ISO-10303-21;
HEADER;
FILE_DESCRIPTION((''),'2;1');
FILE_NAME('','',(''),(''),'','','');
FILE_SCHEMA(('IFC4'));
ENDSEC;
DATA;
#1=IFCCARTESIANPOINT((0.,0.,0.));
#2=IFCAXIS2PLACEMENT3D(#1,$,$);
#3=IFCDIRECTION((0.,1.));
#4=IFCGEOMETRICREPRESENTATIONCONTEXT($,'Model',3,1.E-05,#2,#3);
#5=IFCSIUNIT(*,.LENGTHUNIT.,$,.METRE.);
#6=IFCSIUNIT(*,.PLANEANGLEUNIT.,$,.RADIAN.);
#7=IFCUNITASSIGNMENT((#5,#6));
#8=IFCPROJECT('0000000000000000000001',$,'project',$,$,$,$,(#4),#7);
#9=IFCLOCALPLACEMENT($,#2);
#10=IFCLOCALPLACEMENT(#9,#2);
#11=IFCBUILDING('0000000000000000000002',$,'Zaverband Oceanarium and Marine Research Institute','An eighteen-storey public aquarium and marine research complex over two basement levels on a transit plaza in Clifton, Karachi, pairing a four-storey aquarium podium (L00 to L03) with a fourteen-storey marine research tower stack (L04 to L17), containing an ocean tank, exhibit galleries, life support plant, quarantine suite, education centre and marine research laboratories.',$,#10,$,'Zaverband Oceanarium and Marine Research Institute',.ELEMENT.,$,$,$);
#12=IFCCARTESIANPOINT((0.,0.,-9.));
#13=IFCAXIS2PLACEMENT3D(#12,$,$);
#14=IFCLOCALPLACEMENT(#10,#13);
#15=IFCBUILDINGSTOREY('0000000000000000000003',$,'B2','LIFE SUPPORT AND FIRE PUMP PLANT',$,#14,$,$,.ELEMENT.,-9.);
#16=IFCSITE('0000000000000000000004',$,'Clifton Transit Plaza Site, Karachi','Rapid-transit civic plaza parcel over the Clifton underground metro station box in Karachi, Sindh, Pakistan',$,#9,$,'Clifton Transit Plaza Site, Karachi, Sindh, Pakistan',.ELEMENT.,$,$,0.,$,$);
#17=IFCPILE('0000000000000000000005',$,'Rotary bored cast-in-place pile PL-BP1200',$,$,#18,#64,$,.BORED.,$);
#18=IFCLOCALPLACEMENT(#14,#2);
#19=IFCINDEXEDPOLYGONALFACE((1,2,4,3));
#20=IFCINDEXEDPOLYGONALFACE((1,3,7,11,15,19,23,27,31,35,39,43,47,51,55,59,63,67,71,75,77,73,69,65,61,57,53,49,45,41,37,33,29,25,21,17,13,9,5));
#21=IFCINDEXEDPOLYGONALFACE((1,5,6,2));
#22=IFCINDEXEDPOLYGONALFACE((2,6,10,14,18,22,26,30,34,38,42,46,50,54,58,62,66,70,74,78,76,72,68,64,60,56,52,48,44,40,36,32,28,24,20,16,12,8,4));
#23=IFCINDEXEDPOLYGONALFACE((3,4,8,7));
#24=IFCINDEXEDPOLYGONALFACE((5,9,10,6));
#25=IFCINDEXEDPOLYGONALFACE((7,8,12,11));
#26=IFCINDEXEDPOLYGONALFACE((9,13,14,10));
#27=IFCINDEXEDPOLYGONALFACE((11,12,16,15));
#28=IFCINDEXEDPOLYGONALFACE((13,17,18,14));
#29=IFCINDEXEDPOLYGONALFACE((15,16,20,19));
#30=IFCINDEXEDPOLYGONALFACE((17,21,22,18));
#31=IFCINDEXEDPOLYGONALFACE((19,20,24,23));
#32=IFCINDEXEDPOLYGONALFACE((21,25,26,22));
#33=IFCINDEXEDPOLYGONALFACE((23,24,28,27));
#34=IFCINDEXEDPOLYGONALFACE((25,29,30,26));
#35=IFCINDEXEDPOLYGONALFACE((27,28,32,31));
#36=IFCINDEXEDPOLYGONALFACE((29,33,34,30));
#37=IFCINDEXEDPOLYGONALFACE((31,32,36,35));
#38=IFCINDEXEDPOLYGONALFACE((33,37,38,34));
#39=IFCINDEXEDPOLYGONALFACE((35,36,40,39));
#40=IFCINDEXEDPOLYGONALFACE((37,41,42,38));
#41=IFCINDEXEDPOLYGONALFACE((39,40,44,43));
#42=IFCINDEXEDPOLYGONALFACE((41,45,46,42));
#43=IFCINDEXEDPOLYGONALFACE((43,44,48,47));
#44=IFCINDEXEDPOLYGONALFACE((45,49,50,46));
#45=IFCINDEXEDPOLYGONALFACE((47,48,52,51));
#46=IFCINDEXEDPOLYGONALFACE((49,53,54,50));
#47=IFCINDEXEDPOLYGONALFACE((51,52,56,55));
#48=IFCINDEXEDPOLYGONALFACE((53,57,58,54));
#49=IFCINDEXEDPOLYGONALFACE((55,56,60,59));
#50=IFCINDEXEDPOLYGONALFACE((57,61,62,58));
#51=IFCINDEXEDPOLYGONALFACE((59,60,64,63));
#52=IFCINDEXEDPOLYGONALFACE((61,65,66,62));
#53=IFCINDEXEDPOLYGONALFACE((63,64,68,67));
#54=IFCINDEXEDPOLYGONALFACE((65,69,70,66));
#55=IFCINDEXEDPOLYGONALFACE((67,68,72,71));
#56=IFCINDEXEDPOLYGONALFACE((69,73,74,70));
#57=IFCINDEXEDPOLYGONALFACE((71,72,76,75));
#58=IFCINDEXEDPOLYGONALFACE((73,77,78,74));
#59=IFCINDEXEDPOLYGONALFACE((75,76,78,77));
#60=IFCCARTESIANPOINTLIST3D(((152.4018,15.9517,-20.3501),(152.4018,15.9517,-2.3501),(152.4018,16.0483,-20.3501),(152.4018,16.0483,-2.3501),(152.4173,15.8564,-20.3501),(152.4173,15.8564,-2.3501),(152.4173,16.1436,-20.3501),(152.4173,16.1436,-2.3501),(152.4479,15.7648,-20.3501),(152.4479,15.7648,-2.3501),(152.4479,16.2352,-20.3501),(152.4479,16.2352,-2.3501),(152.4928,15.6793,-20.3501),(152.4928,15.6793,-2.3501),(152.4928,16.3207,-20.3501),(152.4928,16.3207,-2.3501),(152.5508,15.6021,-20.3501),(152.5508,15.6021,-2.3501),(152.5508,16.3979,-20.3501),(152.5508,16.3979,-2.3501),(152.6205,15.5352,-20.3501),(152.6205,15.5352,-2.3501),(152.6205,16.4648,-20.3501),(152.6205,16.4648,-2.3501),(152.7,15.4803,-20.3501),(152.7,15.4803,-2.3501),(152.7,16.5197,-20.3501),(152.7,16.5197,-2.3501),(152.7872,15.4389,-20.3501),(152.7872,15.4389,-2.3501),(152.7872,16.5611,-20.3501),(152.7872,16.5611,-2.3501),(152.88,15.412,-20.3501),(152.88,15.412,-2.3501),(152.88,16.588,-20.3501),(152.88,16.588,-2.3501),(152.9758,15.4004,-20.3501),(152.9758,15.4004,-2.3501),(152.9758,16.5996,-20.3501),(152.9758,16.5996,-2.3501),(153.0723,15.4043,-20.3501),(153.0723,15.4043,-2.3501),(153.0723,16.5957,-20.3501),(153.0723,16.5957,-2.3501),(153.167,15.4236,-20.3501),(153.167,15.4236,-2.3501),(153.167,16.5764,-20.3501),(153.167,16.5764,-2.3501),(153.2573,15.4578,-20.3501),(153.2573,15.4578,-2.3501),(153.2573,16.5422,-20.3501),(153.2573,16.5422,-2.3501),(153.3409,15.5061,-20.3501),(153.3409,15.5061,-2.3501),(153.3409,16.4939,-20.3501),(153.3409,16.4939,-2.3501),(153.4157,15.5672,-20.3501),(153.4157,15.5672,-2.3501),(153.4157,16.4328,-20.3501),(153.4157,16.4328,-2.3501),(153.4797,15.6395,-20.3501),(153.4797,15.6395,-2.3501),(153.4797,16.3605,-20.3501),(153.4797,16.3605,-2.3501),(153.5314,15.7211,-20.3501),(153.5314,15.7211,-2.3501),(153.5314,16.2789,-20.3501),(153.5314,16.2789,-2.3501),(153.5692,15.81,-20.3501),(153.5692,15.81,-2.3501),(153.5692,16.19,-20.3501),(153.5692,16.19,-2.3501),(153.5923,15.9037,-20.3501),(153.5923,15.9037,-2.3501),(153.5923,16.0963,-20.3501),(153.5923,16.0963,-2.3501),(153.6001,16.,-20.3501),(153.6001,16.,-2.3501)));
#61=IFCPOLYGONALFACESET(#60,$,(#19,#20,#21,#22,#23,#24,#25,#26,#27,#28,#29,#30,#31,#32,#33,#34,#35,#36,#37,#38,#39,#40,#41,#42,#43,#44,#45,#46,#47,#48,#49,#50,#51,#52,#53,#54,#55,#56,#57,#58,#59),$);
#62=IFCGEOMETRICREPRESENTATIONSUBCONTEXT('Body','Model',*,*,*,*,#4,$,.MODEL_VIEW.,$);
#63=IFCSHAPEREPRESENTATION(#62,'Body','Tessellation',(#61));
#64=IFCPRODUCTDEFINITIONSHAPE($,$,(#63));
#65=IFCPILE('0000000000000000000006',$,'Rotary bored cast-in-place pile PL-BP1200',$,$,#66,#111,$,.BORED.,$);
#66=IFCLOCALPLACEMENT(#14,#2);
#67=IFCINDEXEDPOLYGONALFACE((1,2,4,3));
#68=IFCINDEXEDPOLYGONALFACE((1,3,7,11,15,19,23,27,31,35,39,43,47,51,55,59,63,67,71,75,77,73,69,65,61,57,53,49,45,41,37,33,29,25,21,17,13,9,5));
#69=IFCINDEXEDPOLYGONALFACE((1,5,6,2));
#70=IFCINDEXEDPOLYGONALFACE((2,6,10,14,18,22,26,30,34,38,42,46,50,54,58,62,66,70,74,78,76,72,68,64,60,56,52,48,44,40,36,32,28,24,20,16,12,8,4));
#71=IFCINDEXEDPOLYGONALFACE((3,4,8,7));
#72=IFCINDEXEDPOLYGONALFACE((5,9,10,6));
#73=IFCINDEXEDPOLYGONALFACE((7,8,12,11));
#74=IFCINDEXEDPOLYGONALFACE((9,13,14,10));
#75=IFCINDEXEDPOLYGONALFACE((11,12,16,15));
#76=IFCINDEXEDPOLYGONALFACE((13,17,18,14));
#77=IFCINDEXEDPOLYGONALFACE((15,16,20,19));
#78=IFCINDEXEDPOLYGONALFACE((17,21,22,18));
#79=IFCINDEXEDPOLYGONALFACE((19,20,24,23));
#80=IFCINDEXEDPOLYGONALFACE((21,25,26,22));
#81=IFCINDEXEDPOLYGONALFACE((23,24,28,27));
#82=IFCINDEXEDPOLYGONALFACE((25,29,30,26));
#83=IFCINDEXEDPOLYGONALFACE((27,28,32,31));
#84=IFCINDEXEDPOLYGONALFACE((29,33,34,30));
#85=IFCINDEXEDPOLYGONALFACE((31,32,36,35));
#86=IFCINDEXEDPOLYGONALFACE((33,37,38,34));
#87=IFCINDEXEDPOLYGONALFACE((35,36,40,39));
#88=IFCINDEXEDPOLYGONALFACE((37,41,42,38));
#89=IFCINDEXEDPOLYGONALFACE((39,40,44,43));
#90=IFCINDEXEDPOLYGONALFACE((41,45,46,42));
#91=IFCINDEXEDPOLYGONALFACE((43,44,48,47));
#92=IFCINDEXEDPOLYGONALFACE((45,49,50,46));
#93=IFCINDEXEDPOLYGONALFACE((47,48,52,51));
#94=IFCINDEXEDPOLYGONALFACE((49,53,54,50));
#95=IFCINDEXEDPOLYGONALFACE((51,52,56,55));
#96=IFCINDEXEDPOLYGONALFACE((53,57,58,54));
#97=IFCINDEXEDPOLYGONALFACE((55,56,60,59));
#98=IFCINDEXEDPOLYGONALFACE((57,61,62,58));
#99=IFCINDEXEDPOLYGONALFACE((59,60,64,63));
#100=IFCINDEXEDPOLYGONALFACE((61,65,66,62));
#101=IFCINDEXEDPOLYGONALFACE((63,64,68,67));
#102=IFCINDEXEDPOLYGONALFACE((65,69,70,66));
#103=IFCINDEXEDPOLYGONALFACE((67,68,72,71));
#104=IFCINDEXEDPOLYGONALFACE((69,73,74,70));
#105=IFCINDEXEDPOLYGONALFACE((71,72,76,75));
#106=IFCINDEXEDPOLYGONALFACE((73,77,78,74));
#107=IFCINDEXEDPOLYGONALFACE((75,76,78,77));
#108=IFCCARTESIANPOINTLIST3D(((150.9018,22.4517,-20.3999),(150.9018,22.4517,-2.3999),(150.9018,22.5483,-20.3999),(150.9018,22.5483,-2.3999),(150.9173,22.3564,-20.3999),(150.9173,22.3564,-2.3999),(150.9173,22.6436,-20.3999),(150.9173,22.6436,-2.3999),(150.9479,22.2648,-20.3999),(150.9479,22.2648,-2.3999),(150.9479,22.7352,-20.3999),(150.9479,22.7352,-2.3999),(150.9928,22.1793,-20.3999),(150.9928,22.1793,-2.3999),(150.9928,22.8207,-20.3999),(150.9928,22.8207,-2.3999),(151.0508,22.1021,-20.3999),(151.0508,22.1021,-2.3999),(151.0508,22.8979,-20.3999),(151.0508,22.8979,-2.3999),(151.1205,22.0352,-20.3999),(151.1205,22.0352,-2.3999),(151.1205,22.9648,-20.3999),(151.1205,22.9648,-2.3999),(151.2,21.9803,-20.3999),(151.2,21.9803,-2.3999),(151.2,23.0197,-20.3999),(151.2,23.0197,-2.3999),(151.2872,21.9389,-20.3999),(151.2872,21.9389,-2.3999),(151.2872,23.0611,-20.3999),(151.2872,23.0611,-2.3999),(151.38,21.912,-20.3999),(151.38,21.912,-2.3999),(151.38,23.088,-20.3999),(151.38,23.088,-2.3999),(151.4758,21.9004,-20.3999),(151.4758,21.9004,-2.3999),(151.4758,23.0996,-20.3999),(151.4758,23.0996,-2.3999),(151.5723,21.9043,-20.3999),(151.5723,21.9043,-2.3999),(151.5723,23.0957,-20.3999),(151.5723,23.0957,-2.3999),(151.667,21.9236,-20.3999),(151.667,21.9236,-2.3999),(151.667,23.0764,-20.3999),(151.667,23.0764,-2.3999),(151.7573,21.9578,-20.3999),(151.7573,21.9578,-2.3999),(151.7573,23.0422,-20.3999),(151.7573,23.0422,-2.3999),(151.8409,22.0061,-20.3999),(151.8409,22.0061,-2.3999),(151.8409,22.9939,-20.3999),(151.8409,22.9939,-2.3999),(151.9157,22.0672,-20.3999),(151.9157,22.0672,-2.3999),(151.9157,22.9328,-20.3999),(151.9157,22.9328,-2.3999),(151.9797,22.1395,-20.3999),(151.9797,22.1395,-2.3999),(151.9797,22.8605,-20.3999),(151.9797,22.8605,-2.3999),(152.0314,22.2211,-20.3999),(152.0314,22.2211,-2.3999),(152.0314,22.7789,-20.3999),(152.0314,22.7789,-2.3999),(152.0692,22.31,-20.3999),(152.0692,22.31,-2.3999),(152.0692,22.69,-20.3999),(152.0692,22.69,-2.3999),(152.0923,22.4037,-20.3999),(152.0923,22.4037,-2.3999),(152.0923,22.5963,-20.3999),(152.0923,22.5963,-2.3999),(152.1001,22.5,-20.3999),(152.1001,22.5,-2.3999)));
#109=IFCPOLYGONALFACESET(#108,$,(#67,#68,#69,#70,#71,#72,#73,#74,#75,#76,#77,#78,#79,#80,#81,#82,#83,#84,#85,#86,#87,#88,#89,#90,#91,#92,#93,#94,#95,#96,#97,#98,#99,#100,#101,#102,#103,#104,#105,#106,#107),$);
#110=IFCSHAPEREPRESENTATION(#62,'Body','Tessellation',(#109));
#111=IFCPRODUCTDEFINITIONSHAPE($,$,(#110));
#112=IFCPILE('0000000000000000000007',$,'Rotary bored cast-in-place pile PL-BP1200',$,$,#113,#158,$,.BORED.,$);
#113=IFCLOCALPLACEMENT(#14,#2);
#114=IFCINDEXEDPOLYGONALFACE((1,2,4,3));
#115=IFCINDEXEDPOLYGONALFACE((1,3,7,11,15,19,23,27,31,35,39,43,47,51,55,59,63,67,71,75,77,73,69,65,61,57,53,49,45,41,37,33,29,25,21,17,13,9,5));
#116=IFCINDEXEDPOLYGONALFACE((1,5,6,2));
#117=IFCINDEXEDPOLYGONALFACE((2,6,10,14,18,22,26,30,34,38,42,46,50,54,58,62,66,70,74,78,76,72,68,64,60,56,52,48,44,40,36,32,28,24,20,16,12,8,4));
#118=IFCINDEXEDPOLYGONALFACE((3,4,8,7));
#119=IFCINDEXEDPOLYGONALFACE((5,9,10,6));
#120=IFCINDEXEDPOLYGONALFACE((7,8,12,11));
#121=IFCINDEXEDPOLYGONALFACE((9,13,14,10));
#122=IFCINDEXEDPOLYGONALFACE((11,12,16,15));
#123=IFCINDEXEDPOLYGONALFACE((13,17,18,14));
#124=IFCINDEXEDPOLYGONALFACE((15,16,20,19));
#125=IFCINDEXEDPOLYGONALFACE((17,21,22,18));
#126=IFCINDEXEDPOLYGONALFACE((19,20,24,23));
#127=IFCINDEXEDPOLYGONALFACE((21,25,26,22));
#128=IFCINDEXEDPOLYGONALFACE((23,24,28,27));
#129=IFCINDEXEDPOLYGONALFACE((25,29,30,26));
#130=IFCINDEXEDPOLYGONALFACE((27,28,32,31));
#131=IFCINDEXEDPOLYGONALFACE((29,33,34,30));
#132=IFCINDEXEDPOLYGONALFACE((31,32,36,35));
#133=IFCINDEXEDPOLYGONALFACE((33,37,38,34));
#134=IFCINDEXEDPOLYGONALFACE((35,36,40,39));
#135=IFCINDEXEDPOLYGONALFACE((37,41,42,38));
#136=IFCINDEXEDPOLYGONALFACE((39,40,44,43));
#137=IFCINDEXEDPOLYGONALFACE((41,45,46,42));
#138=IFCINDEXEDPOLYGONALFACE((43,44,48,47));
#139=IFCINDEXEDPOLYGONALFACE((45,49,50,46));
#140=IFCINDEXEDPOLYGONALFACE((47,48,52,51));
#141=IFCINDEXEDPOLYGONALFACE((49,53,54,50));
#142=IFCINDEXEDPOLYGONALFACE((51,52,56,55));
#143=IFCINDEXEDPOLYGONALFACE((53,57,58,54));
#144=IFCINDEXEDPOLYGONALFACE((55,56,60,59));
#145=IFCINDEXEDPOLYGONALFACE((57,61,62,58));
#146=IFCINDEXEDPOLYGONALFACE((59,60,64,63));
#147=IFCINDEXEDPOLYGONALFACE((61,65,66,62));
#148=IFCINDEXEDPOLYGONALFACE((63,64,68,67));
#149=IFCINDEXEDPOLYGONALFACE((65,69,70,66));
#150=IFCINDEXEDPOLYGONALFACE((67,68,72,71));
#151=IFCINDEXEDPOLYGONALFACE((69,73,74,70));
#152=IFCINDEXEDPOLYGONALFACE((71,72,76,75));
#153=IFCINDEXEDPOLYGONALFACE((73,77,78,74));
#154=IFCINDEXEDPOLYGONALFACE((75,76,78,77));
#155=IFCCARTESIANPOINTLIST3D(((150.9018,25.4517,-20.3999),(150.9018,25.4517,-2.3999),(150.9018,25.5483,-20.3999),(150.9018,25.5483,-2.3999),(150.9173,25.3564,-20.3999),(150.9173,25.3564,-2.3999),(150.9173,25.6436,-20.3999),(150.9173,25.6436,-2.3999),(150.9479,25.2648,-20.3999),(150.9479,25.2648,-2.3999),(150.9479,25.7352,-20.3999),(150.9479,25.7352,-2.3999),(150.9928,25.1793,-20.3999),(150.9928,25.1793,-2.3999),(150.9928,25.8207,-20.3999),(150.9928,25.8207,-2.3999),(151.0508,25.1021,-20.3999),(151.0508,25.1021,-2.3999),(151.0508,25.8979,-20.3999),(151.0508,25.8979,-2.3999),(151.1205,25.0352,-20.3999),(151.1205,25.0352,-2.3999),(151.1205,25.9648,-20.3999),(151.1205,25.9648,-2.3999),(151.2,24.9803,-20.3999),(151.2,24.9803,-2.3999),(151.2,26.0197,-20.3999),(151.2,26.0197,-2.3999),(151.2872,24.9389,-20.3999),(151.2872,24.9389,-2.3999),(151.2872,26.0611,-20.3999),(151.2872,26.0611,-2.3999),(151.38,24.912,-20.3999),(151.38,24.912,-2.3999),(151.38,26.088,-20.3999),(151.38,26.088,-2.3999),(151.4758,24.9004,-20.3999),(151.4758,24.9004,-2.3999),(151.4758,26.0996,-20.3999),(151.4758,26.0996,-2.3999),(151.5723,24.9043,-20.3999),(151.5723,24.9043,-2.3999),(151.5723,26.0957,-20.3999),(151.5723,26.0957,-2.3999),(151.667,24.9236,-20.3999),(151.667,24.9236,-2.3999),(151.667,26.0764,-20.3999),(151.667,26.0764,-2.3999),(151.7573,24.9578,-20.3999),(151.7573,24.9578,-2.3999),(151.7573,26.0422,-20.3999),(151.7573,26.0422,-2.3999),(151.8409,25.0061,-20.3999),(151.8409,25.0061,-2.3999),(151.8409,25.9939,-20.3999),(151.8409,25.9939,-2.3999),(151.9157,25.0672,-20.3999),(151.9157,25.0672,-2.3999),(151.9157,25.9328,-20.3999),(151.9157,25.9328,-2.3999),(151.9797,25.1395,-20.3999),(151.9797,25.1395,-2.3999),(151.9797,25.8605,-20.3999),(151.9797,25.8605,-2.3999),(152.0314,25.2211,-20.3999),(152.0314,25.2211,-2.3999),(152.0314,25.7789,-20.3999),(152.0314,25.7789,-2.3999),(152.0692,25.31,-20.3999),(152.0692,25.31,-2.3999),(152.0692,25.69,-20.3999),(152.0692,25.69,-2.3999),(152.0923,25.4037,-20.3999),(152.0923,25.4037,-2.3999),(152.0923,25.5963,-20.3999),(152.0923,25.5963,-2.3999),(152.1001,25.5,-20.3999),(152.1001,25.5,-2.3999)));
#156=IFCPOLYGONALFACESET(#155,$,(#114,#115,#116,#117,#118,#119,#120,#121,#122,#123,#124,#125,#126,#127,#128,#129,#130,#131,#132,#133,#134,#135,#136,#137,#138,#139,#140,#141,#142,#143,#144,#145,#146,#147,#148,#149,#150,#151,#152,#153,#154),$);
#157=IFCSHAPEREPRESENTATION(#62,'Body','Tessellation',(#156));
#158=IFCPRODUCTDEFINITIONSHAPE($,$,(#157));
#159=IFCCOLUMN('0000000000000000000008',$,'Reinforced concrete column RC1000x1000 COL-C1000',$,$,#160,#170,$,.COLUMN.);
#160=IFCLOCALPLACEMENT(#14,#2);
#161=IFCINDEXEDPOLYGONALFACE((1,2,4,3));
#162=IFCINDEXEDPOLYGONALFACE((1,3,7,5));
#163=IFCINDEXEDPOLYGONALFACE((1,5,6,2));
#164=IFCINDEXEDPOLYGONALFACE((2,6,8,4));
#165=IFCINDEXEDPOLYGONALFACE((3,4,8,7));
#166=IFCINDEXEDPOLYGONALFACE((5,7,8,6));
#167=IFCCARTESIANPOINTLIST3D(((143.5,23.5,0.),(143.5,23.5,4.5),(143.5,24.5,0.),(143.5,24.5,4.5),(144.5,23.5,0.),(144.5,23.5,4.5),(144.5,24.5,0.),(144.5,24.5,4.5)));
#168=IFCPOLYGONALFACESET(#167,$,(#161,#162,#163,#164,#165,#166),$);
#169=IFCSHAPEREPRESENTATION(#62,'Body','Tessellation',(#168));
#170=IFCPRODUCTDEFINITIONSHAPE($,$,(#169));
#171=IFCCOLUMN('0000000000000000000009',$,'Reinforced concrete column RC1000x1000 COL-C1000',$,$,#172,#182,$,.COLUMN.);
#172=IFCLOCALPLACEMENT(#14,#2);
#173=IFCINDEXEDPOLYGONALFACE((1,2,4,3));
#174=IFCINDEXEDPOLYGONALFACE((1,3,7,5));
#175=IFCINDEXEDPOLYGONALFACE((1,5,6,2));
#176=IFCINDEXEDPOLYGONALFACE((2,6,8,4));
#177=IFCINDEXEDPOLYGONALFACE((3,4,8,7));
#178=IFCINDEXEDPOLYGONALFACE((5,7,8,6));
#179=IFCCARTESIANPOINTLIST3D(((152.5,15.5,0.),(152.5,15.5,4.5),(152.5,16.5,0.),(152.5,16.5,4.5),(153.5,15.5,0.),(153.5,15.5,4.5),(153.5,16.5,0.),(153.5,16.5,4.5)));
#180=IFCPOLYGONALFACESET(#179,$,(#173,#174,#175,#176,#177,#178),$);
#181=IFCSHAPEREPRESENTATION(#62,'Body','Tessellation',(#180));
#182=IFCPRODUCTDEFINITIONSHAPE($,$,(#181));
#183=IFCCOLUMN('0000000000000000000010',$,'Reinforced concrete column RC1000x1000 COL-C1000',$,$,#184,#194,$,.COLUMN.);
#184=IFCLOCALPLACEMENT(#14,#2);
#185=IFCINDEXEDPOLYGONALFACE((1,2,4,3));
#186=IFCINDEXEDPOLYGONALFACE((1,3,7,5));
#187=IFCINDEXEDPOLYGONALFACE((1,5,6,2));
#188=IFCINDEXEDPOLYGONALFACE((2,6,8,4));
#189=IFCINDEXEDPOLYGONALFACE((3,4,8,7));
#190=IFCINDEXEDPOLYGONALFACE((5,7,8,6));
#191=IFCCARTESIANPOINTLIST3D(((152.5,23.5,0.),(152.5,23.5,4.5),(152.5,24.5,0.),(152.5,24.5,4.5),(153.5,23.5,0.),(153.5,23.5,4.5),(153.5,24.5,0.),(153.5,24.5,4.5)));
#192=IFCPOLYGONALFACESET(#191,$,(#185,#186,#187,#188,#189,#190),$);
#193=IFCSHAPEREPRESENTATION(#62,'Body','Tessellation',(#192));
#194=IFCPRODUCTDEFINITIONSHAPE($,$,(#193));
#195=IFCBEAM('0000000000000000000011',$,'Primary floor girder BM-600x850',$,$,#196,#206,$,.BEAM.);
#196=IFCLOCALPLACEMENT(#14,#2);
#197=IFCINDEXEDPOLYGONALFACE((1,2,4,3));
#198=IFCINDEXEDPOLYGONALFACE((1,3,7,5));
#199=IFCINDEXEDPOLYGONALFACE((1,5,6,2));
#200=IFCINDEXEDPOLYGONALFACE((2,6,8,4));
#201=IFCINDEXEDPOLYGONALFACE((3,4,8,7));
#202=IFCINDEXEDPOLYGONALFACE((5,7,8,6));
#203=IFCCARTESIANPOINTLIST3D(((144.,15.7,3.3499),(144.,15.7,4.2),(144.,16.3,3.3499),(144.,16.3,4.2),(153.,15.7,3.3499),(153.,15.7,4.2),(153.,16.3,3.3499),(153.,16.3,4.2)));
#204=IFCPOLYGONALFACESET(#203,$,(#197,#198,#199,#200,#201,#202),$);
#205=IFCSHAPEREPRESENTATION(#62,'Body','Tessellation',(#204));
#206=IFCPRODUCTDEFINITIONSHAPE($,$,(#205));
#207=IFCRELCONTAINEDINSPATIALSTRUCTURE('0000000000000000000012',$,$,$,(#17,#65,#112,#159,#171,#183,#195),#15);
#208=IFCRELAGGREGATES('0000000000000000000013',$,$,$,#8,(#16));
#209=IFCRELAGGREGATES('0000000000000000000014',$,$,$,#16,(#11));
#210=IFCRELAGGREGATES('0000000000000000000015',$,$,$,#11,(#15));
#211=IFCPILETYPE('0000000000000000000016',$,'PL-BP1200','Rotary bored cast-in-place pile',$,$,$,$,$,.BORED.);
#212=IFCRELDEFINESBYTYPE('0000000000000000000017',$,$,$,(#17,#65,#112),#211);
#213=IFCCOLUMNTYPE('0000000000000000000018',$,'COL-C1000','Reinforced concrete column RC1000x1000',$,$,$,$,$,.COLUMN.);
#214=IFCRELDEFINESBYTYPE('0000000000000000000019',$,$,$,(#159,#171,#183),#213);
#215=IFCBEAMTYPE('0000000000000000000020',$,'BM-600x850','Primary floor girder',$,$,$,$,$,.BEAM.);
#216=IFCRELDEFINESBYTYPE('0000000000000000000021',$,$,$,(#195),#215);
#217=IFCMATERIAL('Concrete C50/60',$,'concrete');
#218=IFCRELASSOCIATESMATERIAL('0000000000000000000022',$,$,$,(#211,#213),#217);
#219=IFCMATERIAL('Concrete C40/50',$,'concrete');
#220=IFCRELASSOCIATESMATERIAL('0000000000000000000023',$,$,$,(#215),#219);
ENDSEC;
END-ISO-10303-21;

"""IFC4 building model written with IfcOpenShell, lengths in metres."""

from ifc_helpers import new_model, si_unit, direction, frame, origin, origin_2d, place, context, subcontext, project, spatial, rectangle, circle, extrude, material, material_profile, profile_set, type_object, element, save


model = new_model("IFC4")

# Units and contexts
model_context = context("Model", 3, precision=1e-05, world=origin(), true_north=direction((0.0, 1.0)))
body_context = subcontext(model_context, "Body", "Model", "MODEL_VIEW")
ifc_project = project(units=[si_unit("LENGTHUNIT", "METRE"), si_unit("PLANEANGLEUNIT", "RADIAN")], contexts=[model_context])

# Site, building, storey
site_placement = place(None, origin())
site = spatial("IfcSite", under=ifc_project, at=site_placement, Name="Clifton Transit Plaza Site, Karachi", Description="Rapid-transit civic plaza parcel over the Clifton underground metro station box in Karachi, Sindh, Pakistan", LongName="Clifton Transit Plaza Site, Karachi, Sindh, Pakistan", CompositionType="ELEMENT", RefElevation=0.0)
building_placement = place(site_placement, origin())
building = spatial("IfcBuilding", under=site, at=building_placement, Name="Zaverband Oceanarium and Marine Research Institute", Description="An eighteen-storey public aquarium and marine research complex over two basement levels on a transit plaza in Clifton, Karachi, pairing a four-storey aquarium podium (L00 to L03) with a fourteen-storey marine research tower stack (L04 to L17), containing an ocean tank, exhibit galleries, life support plant, quarantine suite, education centre and marine research laboratories.", LongName="Zaverband Oceanarium and Marine Research Institute", CompositionType="ELEMENT")
storey_placement = place(building_placement, frame((0.0, 0.0, -9.0)))
storey = spatial("IfcBuildingStorey", under=building, at=storey_placement, Name="B2", Description="LIFE SUPPORT AND FIRE PUMP PLANT", CompositionType="ELEMENT", Elevation=-9.0)

# Shared definitions
ifc_material_1 = material(Name="Concrete C50/60", Category="concrete")

# Piles
ifc_material_profile_1 = material_profile(ifc_material_1, circle(Radius=0.6001, at=origin_2d()), Name="BP1200")
ifc_profile_set_1 = profile_set([ifc_material_profile_1], Name="Concrete C50/60")
pile_type = type_object("IfcPileType", Name="PL-BP1200", Description="Rotary bored cast-in-place pile", PredefinedType="BORED", material=ifc_profile_set_1)
for number, where, z_axis, x_axis, name in (
    (1, (153.0, 16.0, -2.3501), (0.0, 0.0, -1.0), (1.0, 0.0, 0.0), "Rotary bored cast-in-place pile PL-BP1200"),
    (2, (151.5, 22.5, -2.3999), (0.0, 0.0, -1.0), (1.0, 0.0, 0.0), "Rotary bored cast-in-place pile PL-BP1200"),
    (3, (151.5, 25.5, -2.3999), (0.0, 0.0, -1.0), (1.0, 0.0, 0.0), "Rotary bored cast-in-place pile PL-BP1200"),
):
    element("IfcPile", number, at=place(storey_placement, frame(where, z_axis=z_axis, x_axis=x_axis)), inside=storey, type_object=pile_type, Name=name, PredefinedType="BORED", context=body_context, shape_type="SweptSolid", body=[
        extrude(circle(Radius=0.6001, at=origin_2d()), origin(), (0.0, 0.0, 1.0), 18.0),
    ])

# Columns
ifc_material_profile_2 = material_profile(ifc_material_1, rectangle(XDim=1.0, YDim=1.0, at=origin_2d()), Name="RC1000x1000")
ifc_profile_set_2 = profile_set([ifc_material_profile_2], Name="Concrete C50/60")
column_type = type_object("IfcColumnType", Name="COL-C1000", Description="Reinforced concrete column RC1000x1000", PredefinedType="COLUMN", material=ifc_profile_set_2)
for number, where, z_axis, x_axis, name in (
    (4, (144.0, 24.0, 0.0), (0.0, 0.0, 1.0), (1.0, 0.0, 0.0), "Reinforced concrete column RC1000x1000 COL-C1000"),
    (5, (153.0, 16.0, 0.0), (0.0, 0.0, 1.0), (1.0, 0.0, 0.0), "Reinforced concrete column RC1000x1000 COL-C1000"),
    (6, (153.0, 24.0, 0.0), (0.0, 0.0, 1.0), (1.0, 0.0, 0.0), "Reinforced concrete column RC1000x1000 COL-C1000"),
):
    element("IfcColumn", number, at=place(storey_placement, frame(where, z_axis=z_axis, x_axis=x_axis)), inside=storey, type_object=column_type, Name=name, PredefinedType="COLUMN", context=body_context, shape_type="SweptSolid", body=[
        extrude(rectangle(XDim=1.0, YDim=1.0, at=origin_2d()), origin(), (0.0, 0.0, 1.0), 4.5),
    ])

# Beam
ifc_material_2 = material(Name="Concrete C40/50", Category="concrete")
ifc_material_profile_3 = material_profile(ifc_material_2, rectangle(XDim=0.6001, YDim=0.8501, at=origin_2d()), Name="RC600x850")
ifc_profile_set_3 = profile_set([ifc_material_profile_3], Name="Concrete C40/50")
beam_type_1 = type_object("IfcBeamType", Name="BM-600x850", Description="Primary floor girder", PredefinedType="BEAM", material=ifc_profile_set_3)
for number, where, z_axis, x_axis, name in (
    (7, (144.0, 16.0, 3.7749), (1.0, 0.0, 0.0), (0.0, 1.0, 0.0), "Primary floor girder BM-600x850"),
):
    element("IfcBeam", number, at=place(storey_placement, frame(where, z_axis=z_axis, x_axis=x_axis)), inside=storey, type_object=beam_type_1, Name=name, PredefinedType="BEAM", context=body_context, shape_type="SweptSolid", body=[
        extrude(rectangle(XDim=0.6001, YDim=0.8501, at=origin_2d()), origin(), (0.0, 0.0, 1.0), 9.0),
    ])

save(model, "model.ifc")
